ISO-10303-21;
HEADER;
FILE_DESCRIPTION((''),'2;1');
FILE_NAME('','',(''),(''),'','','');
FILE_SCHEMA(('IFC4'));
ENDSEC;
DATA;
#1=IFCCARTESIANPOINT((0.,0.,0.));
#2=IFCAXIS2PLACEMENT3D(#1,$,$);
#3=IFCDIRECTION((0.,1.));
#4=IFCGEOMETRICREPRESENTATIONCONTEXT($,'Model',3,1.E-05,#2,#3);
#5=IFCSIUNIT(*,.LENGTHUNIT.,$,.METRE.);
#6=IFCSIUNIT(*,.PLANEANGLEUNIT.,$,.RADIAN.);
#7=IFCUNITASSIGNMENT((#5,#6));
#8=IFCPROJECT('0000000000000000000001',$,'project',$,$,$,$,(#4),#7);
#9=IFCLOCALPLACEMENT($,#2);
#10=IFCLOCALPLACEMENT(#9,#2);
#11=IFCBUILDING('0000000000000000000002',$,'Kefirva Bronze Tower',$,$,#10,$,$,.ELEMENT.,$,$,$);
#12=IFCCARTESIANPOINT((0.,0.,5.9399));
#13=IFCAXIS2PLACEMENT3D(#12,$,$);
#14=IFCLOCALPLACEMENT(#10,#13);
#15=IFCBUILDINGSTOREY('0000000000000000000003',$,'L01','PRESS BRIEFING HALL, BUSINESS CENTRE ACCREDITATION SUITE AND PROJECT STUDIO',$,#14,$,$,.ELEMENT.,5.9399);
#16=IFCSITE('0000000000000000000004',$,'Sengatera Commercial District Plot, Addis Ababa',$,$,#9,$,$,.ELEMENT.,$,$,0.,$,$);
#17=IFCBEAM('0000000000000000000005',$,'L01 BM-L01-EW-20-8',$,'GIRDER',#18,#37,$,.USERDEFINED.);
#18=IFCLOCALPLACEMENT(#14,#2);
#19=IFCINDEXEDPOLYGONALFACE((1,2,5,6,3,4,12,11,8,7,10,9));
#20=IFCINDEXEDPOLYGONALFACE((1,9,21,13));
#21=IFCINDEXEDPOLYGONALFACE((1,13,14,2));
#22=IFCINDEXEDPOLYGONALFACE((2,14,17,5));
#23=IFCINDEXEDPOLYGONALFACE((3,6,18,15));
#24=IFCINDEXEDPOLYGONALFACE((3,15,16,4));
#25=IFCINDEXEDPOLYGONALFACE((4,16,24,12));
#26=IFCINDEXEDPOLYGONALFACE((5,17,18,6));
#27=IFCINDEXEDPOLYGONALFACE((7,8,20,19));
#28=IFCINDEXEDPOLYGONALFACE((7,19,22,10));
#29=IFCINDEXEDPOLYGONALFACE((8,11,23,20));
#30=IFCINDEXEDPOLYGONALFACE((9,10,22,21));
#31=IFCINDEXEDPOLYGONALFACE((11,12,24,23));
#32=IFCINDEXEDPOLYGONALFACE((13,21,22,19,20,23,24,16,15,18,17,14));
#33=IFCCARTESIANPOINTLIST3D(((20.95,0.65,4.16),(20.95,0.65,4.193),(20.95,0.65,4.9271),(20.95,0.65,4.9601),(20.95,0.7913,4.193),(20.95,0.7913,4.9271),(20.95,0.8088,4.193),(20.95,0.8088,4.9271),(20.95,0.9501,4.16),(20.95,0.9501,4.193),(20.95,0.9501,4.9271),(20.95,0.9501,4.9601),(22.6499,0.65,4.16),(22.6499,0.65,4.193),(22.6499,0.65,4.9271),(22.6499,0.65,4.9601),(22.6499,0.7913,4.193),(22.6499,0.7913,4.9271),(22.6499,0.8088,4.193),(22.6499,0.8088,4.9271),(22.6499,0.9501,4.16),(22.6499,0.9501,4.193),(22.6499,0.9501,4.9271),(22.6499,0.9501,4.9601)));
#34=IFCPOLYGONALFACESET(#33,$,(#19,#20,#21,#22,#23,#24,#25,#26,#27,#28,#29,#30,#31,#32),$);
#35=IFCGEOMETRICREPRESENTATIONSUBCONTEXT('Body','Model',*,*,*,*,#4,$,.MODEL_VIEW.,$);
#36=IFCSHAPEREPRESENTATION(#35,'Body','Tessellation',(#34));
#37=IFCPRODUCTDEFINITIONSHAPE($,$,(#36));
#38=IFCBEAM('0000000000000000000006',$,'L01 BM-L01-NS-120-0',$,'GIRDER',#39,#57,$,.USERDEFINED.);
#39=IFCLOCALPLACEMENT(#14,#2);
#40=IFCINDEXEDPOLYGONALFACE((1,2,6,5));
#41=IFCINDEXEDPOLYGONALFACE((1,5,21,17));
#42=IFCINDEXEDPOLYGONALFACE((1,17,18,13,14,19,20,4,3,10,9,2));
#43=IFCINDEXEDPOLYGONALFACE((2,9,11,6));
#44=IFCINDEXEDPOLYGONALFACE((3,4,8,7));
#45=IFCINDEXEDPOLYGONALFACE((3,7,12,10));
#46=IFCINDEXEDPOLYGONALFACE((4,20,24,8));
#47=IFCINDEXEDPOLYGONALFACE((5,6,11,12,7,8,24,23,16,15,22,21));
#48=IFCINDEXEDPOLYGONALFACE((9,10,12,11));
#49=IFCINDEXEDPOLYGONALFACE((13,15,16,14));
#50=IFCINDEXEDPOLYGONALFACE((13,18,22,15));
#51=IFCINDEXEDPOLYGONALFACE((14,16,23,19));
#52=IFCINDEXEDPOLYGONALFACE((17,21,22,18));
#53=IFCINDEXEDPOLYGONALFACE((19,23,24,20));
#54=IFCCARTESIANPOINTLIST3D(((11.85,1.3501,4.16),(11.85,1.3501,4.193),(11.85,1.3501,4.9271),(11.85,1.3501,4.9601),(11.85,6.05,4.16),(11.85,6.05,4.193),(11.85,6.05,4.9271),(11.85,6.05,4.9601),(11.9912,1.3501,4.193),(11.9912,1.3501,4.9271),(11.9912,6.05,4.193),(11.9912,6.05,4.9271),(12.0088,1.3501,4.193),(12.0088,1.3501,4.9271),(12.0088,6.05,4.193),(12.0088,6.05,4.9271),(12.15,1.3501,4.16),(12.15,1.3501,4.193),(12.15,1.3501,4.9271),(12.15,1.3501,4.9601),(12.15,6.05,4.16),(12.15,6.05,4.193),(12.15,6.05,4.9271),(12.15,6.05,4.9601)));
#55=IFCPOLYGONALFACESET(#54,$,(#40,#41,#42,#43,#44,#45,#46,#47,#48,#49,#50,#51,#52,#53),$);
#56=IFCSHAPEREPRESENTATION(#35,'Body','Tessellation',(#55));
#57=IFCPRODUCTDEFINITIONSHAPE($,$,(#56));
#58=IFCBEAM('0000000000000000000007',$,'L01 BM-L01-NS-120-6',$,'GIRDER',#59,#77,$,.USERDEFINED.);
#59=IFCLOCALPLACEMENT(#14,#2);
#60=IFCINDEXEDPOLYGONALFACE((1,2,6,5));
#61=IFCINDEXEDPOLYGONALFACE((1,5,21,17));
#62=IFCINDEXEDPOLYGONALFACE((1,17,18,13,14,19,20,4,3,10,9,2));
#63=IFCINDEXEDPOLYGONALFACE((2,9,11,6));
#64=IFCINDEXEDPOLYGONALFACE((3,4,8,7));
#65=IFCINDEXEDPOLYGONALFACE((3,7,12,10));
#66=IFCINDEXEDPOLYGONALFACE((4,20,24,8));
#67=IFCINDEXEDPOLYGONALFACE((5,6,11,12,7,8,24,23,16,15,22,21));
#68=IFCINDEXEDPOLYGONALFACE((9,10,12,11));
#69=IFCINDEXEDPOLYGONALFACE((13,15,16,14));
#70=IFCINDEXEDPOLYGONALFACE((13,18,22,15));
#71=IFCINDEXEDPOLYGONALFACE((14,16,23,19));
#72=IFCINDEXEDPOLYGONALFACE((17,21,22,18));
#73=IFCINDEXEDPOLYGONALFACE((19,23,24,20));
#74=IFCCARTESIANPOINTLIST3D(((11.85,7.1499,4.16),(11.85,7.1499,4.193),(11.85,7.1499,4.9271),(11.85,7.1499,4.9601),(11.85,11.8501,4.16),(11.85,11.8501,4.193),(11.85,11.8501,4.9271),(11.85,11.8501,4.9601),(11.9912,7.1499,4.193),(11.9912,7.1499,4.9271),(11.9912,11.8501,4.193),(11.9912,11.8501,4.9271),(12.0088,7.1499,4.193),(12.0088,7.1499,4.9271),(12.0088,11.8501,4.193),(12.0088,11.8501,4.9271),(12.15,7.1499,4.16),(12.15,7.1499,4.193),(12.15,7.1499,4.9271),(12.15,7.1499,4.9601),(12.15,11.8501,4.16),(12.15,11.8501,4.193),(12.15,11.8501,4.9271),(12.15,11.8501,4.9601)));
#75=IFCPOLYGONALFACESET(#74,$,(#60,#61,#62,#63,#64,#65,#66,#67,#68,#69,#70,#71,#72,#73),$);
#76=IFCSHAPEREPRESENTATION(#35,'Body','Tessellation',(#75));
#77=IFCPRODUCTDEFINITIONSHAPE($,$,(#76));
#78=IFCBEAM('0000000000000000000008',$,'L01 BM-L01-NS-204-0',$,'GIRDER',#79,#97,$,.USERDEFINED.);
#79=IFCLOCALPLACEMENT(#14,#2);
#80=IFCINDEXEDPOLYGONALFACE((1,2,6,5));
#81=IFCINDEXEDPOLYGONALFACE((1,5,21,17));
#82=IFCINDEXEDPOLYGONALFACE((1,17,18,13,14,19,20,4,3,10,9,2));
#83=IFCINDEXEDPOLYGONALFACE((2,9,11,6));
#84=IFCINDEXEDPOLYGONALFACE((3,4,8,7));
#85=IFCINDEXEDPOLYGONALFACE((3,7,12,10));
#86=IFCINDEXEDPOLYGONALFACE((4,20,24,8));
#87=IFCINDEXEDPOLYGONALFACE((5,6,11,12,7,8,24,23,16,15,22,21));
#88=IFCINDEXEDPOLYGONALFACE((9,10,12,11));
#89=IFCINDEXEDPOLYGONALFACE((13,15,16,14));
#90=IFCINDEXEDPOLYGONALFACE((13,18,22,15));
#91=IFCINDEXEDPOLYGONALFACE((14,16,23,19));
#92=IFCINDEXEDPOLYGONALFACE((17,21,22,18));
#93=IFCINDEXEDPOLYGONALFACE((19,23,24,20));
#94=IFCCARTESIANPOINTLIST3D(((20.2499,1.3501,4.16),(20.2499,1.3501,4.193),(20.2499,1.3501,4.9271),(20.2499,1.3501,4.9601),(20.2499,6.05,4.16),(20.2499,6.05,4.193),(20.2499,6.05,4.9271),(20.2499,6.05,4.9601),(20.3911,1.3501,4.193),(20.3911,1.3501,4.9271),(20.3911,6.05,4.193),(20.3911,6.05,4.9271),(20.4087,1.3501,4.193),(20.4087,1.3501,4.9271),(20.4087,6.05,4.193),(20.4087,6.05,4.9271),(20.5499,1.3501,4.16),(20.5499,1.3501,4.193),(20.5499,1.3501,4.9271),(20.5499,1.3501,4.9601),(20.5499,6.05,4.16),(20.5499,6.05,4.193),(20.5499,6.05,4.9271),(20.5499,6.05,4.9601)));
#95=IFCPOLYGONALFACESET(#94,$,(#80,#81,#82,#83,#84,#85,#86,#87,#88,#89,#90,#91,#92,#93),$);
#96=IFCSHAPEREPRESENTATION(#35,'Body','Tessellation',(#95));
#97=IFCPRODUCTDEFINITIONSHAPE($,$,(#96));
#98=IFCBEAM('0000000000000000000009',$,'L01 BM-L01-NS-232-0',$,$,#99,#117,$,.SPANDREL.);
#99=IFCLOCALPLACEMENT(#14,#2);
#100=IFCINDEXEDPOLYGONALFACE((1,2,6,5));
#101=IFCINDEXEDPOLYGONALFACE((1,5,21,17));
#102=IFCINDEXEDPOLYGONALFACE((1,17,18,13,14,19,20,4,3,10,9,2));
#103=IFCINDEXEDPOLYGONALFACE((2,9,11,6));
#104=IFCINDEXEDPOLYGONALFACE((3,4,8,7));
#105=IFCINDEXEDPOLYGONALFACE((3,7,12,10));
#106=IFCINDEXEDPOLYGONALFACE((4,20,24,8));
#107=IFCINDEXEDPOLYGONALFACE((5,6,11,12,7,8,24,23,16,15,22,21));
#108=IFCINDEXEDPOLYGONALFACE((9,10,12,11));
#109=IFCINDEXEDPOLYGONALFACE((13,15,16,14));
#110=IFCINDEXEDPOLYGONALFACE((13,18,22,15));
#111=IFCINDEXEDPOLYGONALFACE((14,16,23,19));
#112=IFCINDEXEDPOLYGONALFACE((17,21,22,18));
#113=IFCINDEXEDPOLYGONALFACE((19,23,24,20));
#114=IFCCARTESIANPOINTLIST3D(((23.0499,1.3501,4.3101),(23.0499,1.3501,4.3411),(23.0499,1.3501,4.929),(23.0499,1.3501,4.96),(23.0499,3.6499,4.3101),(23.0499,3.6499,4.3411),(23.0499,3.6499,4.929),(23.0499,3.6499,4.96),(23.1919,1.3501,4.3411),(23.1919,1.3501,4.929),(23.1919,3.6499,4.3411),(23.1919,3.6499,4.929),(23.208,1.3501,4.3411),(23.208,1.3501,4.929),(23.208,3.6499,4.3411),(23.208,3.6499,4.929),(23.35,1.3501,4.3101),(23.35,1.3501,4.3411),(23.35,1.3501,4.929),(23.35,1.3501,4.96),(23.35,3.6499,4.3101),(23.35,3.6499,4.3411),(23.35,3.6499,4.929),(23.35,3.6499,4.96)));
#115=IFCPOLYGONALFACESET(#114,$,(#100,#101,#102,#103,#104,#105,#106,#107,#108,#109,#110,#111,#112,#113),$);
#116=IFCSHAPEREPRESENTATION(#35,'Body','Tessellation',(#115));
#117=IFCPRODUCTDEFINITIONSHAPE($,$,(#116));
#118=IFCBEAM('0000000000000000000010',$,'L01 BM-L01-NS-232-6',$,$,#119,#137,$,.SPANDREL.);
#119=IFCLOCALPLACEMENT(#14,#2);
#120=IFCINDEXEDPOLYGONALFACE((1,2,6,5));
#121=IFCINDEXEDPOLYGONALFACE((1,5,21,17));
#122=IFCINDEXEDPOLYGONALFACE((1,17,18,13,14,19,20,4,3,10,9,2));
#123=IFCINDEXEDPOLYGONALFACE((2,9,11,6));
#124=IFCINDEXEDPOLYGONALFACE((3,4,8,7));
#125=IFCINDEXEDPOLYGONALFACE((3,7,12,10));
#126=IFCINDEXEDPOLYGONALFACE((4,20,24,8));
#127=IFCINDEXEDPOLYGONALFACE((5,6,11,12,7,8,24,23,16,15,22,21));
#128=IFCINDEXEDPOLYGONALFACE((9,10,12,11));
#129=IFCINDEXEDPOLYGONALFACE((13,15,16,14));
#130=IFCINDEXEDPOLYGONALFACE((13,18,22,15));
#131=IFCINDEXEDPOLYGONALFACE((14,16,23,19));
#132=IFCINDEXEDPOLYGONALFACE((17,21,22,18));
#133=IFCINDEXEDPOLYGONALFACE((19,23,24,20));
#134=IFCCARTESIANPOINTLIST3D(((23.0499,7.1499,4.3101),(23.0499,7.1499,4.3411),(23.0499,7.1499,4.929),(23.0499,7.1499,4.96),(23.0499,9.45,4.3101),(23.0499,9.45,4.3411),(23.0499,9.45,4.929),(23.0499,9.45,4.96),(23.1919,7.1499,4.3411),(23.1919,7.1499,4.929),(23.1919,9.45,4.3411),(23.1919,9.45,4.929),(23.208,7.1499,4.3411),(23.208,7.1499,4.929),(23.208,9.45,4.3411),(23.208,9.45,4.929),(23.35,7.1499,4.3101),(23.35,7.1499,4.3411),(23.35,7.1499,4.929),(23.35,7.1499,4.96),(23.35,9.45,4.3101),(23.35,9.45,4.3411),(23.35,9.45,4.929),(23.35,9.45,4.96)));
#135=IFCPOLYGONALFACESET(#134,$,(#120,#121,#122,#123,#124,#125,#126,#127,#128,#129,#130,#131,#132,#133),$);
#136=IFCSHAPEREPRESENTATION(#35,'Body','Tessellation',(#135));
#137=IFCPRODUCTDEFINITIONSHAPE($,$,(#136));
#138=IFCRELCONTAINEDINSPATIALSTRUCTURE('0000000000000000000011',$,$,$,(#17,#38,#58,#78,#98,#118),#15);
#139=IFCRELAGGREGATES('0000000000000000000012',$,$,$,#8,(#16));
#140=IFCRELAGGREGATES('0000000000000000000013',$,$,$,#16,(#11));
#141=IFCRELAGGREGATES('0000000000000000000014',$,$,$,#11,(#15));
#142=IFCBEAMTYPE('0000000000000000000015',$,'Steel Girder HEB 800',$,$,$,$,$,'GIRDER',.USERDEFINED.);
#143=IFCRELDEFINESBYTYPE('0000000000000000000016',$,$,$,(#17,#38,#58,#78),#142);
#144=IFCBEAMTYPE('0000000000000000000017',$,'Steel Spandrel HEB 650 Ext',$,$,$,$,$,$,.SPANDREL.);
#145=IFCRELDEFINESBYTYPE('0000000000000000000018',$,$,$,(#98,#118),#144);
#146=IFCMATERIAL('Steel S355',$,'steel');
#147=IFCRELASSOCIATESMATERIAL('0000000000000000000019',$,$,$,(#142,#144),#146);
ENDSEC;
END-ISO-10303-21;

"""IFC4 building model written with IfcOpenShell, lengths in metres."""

from ifc_helpers import new_model, si_unit, direction, frame, origin, origin_2d, place, context, subcontext, project, spatial, i_section, extrude, material, material_profile, profile_set, type_object, element, save


model = new_model("IFC4")

# Units and contexts
model_context = context("Model", 3, precision=1e-05, world=origin(), true_north=direction((0.0, 1.0)))
body_context = subcontext(model_context, "Body", "Model", "MODEL_VIEW")
ifc_project = project(units=[si_unit("LENGTHUNIT", "METRE"), si_unit("PLANEANGLEUNIT", "RADIAN")], contexts=[model_context])

# Site, building, storey
site_placement = place(None, origin())
site = spatial("IfcSite", under=ifc_project, at=site_placement, Name="Sengatera Commercial District Plot, Addis Ababa", CompositionType="ELEMENT", RefElevation=0.0)
building_placement = place(site_placement, origin())
building = spatial("IfcBuilding", under=site, at=building_placement, Name="Kefirva Bronze Tower", CompositionType="ELEMENT")
storey_placement = place(building_placement, frame((0.0, 0.0, 5.9399)))
storey = spatial("IfcBuildingStorey", under=building, at=storey_placement, Name="L01", Description="PRESS BRIEFING HALL, BUSINESS CENTRE ACCREDITATION SUITE AND PROJECT STUDIO", CompositionType="ELEMENT", Elevation=5.9399)

# Beams
ifc_material_1 = material(Name="Steel S355", Category="steel")
ifc_material_profile_1 = material_profile(ifc_material_1, i_section(OverallWidth=0.3, OverallDepth=0.8, WebThickness=0.0176, FlangeThickness=0.033, at=origin_2d()), Name="HEB 800")
ifc_profile_set_1 = profile_set([ifc_material_profile_1], Name="Steel S355")
beam_type_1 = type_object("IfcBeamType", Name="Steel Girder HEB 800", ElementType="GIRDER", PredefinedType="USERDEFINED", material=ifc_profile_set_1)
beam_1_placement = place(storey_placement, frame((20.95, 0.8, 4.5601), z_axis=(1.0, 0.0, 0.0), x_axis=(0.0, 1.0, 0.0)))
element("IfcBeam", 1, at=beam_1_placement, inside=storey, type_object=beam_type_1, Name="L01 BM-L01-EW-20-8", ObjectType="GIRDER", PredefinedType="USERDEFINED", context=body_context, shape_type="SweptSolid", body=[
    extrude(i_section(OverallWidth=0.3, OverallDepth=0.8, WebThickness=0.0176, FlangeThickness=0.033, at=origin_2d()), origin(), (0.0, 0.0, 1.0), 1.7),
])
beam_2_placement = place(storey_placement, frame((12.0, 1.3501, 4.5601), z_axis=(0.0, 1.0, 0.0), x_axis=(-1.0, 0.0, 0.0)))
element("IfcBeam", 2, at=beam_2_placement, inside=storey, type_object=beam_type_1, Name="L01 BM-L01-NS-120-0", ObjectType="GIRDER", PredefinedType="USERDEFINED", context=body_context, shape_type="SweptSolid", body=[
    extrude(i_section(OverallWidth=0.3, OverallDepth=0.8, WebThickness=0.0176, FlangeThickness=0.033, at=origin_2d()), origin(), (0.0, 0.0, 1.0), 4.7),
])
beam_3_placement = place(storey_placement, frame((12.0, 7.1499, 4.5601), z_axis=(0.0, 1.0, 0.0), x_axis=(-1.0, 0.0, 0.0)))
element("IfcBeam", 3, at=beam_3_placement, inside=storey, type_object=beam_type_1, Name="L01 BM-L01-NS-120-6", ObjectType="GIRDER", PredefinedType="USERDEFINED", context=body_context, shape_type="SweptSolid", body=[
    extrude(i_section(OverallWidth=0.3, OverallDepth=0.8, WebThickness=0.0176, FlangeThickness=0.033, at=origin_2d()), origin(), (0.0, 0.0, 1.0), 4.7002),
])
beam_4_placement = place(storey_placement, frame((20.3999, 1.3501, 4.5601), z_axis=(0.0, 1.0, 0.0), x_axis=(-1.0, 0.0, 0.0)))
element("IfcBeam", 4, at=beam_4_placement, inside=storey, type_object=beam_type_1, Name="L01 BM-L01-NS-204-0", ObjectType="GIRDER", PredefinedType="USERDEFINED", context=body_context, shape_type="SweptSolid", body=[
    extrude(i_section(OverallWidth=0.3, OverallDepth=0.8, WebThickness=0.0176, FlangeThickness=0.033, at=origin_2d()), origin(), (0.0, 0.0, 1.0), 4.7),
])
ifc_material_profile_2 = material_profile(ifc_material_1, i_section(OverallWidth=0.3, OverallDepth=0.6499, WebThickness=0.0161, FlangeThickness=0.031, at=origin_2d()), Name="HEB 650")
ifc_profile_set_2 = profile_set([ifc_material_profile_2], Name="Steel S355")
beam_type_2 = type_object("IfcBeamType", Name="Steel Spandrel HEB 650 Ext", PredefinedType="SPANDREL", material=ifc_profile_set_2)
beam_5_placement = place(storey_placement, frame((23.2, 1.3501, 4.635), z_axis=(0.0, 1.0, 0.0), x_axis=(-1.0, 0.0, 0.0)))
element("IfcBeam", 5, at=beam_5_placement, inside=storey, type_object=beam_type_2, Name="L01 BM-L01-NS-232-0", PredefinedType="SPANDREL", context=body_context, shape_type="SweptSolid", body=[
    extrude(i_section(OverallWidth=0.3, OverallDepth=0.6499, WebThickness=0.0161, FlangeThickness=0.031, at=origin_2d()), origin(), (0.0, 0.0, 1.0), 2.2998),
])
beam_6_placement = place(storey_placement, frame((23.2, 7.1499, 4.635), z_axis=(0.0, 1.0, 0.0), x_axis=(-1.0, 0.0, 0.0)))
element("IfcBeam", 6, at=beam_6_placement, inside=storey, type_object=beam_type_2, Name="L01 BM-L01-NS-232-6", PredefinedType="SPANDREL", context=body_context, shape_type="SweptSolid", body=[
    extrude(i_section(OverallWidth=0.3, OverallDepth=0.6499, WebThickness=0.0161, FlangeThickness=0.031, at=origin_2d()), origin(), (0.0, 0.0, 1.0), 2.3),
])

save(model, "model.ifc")
